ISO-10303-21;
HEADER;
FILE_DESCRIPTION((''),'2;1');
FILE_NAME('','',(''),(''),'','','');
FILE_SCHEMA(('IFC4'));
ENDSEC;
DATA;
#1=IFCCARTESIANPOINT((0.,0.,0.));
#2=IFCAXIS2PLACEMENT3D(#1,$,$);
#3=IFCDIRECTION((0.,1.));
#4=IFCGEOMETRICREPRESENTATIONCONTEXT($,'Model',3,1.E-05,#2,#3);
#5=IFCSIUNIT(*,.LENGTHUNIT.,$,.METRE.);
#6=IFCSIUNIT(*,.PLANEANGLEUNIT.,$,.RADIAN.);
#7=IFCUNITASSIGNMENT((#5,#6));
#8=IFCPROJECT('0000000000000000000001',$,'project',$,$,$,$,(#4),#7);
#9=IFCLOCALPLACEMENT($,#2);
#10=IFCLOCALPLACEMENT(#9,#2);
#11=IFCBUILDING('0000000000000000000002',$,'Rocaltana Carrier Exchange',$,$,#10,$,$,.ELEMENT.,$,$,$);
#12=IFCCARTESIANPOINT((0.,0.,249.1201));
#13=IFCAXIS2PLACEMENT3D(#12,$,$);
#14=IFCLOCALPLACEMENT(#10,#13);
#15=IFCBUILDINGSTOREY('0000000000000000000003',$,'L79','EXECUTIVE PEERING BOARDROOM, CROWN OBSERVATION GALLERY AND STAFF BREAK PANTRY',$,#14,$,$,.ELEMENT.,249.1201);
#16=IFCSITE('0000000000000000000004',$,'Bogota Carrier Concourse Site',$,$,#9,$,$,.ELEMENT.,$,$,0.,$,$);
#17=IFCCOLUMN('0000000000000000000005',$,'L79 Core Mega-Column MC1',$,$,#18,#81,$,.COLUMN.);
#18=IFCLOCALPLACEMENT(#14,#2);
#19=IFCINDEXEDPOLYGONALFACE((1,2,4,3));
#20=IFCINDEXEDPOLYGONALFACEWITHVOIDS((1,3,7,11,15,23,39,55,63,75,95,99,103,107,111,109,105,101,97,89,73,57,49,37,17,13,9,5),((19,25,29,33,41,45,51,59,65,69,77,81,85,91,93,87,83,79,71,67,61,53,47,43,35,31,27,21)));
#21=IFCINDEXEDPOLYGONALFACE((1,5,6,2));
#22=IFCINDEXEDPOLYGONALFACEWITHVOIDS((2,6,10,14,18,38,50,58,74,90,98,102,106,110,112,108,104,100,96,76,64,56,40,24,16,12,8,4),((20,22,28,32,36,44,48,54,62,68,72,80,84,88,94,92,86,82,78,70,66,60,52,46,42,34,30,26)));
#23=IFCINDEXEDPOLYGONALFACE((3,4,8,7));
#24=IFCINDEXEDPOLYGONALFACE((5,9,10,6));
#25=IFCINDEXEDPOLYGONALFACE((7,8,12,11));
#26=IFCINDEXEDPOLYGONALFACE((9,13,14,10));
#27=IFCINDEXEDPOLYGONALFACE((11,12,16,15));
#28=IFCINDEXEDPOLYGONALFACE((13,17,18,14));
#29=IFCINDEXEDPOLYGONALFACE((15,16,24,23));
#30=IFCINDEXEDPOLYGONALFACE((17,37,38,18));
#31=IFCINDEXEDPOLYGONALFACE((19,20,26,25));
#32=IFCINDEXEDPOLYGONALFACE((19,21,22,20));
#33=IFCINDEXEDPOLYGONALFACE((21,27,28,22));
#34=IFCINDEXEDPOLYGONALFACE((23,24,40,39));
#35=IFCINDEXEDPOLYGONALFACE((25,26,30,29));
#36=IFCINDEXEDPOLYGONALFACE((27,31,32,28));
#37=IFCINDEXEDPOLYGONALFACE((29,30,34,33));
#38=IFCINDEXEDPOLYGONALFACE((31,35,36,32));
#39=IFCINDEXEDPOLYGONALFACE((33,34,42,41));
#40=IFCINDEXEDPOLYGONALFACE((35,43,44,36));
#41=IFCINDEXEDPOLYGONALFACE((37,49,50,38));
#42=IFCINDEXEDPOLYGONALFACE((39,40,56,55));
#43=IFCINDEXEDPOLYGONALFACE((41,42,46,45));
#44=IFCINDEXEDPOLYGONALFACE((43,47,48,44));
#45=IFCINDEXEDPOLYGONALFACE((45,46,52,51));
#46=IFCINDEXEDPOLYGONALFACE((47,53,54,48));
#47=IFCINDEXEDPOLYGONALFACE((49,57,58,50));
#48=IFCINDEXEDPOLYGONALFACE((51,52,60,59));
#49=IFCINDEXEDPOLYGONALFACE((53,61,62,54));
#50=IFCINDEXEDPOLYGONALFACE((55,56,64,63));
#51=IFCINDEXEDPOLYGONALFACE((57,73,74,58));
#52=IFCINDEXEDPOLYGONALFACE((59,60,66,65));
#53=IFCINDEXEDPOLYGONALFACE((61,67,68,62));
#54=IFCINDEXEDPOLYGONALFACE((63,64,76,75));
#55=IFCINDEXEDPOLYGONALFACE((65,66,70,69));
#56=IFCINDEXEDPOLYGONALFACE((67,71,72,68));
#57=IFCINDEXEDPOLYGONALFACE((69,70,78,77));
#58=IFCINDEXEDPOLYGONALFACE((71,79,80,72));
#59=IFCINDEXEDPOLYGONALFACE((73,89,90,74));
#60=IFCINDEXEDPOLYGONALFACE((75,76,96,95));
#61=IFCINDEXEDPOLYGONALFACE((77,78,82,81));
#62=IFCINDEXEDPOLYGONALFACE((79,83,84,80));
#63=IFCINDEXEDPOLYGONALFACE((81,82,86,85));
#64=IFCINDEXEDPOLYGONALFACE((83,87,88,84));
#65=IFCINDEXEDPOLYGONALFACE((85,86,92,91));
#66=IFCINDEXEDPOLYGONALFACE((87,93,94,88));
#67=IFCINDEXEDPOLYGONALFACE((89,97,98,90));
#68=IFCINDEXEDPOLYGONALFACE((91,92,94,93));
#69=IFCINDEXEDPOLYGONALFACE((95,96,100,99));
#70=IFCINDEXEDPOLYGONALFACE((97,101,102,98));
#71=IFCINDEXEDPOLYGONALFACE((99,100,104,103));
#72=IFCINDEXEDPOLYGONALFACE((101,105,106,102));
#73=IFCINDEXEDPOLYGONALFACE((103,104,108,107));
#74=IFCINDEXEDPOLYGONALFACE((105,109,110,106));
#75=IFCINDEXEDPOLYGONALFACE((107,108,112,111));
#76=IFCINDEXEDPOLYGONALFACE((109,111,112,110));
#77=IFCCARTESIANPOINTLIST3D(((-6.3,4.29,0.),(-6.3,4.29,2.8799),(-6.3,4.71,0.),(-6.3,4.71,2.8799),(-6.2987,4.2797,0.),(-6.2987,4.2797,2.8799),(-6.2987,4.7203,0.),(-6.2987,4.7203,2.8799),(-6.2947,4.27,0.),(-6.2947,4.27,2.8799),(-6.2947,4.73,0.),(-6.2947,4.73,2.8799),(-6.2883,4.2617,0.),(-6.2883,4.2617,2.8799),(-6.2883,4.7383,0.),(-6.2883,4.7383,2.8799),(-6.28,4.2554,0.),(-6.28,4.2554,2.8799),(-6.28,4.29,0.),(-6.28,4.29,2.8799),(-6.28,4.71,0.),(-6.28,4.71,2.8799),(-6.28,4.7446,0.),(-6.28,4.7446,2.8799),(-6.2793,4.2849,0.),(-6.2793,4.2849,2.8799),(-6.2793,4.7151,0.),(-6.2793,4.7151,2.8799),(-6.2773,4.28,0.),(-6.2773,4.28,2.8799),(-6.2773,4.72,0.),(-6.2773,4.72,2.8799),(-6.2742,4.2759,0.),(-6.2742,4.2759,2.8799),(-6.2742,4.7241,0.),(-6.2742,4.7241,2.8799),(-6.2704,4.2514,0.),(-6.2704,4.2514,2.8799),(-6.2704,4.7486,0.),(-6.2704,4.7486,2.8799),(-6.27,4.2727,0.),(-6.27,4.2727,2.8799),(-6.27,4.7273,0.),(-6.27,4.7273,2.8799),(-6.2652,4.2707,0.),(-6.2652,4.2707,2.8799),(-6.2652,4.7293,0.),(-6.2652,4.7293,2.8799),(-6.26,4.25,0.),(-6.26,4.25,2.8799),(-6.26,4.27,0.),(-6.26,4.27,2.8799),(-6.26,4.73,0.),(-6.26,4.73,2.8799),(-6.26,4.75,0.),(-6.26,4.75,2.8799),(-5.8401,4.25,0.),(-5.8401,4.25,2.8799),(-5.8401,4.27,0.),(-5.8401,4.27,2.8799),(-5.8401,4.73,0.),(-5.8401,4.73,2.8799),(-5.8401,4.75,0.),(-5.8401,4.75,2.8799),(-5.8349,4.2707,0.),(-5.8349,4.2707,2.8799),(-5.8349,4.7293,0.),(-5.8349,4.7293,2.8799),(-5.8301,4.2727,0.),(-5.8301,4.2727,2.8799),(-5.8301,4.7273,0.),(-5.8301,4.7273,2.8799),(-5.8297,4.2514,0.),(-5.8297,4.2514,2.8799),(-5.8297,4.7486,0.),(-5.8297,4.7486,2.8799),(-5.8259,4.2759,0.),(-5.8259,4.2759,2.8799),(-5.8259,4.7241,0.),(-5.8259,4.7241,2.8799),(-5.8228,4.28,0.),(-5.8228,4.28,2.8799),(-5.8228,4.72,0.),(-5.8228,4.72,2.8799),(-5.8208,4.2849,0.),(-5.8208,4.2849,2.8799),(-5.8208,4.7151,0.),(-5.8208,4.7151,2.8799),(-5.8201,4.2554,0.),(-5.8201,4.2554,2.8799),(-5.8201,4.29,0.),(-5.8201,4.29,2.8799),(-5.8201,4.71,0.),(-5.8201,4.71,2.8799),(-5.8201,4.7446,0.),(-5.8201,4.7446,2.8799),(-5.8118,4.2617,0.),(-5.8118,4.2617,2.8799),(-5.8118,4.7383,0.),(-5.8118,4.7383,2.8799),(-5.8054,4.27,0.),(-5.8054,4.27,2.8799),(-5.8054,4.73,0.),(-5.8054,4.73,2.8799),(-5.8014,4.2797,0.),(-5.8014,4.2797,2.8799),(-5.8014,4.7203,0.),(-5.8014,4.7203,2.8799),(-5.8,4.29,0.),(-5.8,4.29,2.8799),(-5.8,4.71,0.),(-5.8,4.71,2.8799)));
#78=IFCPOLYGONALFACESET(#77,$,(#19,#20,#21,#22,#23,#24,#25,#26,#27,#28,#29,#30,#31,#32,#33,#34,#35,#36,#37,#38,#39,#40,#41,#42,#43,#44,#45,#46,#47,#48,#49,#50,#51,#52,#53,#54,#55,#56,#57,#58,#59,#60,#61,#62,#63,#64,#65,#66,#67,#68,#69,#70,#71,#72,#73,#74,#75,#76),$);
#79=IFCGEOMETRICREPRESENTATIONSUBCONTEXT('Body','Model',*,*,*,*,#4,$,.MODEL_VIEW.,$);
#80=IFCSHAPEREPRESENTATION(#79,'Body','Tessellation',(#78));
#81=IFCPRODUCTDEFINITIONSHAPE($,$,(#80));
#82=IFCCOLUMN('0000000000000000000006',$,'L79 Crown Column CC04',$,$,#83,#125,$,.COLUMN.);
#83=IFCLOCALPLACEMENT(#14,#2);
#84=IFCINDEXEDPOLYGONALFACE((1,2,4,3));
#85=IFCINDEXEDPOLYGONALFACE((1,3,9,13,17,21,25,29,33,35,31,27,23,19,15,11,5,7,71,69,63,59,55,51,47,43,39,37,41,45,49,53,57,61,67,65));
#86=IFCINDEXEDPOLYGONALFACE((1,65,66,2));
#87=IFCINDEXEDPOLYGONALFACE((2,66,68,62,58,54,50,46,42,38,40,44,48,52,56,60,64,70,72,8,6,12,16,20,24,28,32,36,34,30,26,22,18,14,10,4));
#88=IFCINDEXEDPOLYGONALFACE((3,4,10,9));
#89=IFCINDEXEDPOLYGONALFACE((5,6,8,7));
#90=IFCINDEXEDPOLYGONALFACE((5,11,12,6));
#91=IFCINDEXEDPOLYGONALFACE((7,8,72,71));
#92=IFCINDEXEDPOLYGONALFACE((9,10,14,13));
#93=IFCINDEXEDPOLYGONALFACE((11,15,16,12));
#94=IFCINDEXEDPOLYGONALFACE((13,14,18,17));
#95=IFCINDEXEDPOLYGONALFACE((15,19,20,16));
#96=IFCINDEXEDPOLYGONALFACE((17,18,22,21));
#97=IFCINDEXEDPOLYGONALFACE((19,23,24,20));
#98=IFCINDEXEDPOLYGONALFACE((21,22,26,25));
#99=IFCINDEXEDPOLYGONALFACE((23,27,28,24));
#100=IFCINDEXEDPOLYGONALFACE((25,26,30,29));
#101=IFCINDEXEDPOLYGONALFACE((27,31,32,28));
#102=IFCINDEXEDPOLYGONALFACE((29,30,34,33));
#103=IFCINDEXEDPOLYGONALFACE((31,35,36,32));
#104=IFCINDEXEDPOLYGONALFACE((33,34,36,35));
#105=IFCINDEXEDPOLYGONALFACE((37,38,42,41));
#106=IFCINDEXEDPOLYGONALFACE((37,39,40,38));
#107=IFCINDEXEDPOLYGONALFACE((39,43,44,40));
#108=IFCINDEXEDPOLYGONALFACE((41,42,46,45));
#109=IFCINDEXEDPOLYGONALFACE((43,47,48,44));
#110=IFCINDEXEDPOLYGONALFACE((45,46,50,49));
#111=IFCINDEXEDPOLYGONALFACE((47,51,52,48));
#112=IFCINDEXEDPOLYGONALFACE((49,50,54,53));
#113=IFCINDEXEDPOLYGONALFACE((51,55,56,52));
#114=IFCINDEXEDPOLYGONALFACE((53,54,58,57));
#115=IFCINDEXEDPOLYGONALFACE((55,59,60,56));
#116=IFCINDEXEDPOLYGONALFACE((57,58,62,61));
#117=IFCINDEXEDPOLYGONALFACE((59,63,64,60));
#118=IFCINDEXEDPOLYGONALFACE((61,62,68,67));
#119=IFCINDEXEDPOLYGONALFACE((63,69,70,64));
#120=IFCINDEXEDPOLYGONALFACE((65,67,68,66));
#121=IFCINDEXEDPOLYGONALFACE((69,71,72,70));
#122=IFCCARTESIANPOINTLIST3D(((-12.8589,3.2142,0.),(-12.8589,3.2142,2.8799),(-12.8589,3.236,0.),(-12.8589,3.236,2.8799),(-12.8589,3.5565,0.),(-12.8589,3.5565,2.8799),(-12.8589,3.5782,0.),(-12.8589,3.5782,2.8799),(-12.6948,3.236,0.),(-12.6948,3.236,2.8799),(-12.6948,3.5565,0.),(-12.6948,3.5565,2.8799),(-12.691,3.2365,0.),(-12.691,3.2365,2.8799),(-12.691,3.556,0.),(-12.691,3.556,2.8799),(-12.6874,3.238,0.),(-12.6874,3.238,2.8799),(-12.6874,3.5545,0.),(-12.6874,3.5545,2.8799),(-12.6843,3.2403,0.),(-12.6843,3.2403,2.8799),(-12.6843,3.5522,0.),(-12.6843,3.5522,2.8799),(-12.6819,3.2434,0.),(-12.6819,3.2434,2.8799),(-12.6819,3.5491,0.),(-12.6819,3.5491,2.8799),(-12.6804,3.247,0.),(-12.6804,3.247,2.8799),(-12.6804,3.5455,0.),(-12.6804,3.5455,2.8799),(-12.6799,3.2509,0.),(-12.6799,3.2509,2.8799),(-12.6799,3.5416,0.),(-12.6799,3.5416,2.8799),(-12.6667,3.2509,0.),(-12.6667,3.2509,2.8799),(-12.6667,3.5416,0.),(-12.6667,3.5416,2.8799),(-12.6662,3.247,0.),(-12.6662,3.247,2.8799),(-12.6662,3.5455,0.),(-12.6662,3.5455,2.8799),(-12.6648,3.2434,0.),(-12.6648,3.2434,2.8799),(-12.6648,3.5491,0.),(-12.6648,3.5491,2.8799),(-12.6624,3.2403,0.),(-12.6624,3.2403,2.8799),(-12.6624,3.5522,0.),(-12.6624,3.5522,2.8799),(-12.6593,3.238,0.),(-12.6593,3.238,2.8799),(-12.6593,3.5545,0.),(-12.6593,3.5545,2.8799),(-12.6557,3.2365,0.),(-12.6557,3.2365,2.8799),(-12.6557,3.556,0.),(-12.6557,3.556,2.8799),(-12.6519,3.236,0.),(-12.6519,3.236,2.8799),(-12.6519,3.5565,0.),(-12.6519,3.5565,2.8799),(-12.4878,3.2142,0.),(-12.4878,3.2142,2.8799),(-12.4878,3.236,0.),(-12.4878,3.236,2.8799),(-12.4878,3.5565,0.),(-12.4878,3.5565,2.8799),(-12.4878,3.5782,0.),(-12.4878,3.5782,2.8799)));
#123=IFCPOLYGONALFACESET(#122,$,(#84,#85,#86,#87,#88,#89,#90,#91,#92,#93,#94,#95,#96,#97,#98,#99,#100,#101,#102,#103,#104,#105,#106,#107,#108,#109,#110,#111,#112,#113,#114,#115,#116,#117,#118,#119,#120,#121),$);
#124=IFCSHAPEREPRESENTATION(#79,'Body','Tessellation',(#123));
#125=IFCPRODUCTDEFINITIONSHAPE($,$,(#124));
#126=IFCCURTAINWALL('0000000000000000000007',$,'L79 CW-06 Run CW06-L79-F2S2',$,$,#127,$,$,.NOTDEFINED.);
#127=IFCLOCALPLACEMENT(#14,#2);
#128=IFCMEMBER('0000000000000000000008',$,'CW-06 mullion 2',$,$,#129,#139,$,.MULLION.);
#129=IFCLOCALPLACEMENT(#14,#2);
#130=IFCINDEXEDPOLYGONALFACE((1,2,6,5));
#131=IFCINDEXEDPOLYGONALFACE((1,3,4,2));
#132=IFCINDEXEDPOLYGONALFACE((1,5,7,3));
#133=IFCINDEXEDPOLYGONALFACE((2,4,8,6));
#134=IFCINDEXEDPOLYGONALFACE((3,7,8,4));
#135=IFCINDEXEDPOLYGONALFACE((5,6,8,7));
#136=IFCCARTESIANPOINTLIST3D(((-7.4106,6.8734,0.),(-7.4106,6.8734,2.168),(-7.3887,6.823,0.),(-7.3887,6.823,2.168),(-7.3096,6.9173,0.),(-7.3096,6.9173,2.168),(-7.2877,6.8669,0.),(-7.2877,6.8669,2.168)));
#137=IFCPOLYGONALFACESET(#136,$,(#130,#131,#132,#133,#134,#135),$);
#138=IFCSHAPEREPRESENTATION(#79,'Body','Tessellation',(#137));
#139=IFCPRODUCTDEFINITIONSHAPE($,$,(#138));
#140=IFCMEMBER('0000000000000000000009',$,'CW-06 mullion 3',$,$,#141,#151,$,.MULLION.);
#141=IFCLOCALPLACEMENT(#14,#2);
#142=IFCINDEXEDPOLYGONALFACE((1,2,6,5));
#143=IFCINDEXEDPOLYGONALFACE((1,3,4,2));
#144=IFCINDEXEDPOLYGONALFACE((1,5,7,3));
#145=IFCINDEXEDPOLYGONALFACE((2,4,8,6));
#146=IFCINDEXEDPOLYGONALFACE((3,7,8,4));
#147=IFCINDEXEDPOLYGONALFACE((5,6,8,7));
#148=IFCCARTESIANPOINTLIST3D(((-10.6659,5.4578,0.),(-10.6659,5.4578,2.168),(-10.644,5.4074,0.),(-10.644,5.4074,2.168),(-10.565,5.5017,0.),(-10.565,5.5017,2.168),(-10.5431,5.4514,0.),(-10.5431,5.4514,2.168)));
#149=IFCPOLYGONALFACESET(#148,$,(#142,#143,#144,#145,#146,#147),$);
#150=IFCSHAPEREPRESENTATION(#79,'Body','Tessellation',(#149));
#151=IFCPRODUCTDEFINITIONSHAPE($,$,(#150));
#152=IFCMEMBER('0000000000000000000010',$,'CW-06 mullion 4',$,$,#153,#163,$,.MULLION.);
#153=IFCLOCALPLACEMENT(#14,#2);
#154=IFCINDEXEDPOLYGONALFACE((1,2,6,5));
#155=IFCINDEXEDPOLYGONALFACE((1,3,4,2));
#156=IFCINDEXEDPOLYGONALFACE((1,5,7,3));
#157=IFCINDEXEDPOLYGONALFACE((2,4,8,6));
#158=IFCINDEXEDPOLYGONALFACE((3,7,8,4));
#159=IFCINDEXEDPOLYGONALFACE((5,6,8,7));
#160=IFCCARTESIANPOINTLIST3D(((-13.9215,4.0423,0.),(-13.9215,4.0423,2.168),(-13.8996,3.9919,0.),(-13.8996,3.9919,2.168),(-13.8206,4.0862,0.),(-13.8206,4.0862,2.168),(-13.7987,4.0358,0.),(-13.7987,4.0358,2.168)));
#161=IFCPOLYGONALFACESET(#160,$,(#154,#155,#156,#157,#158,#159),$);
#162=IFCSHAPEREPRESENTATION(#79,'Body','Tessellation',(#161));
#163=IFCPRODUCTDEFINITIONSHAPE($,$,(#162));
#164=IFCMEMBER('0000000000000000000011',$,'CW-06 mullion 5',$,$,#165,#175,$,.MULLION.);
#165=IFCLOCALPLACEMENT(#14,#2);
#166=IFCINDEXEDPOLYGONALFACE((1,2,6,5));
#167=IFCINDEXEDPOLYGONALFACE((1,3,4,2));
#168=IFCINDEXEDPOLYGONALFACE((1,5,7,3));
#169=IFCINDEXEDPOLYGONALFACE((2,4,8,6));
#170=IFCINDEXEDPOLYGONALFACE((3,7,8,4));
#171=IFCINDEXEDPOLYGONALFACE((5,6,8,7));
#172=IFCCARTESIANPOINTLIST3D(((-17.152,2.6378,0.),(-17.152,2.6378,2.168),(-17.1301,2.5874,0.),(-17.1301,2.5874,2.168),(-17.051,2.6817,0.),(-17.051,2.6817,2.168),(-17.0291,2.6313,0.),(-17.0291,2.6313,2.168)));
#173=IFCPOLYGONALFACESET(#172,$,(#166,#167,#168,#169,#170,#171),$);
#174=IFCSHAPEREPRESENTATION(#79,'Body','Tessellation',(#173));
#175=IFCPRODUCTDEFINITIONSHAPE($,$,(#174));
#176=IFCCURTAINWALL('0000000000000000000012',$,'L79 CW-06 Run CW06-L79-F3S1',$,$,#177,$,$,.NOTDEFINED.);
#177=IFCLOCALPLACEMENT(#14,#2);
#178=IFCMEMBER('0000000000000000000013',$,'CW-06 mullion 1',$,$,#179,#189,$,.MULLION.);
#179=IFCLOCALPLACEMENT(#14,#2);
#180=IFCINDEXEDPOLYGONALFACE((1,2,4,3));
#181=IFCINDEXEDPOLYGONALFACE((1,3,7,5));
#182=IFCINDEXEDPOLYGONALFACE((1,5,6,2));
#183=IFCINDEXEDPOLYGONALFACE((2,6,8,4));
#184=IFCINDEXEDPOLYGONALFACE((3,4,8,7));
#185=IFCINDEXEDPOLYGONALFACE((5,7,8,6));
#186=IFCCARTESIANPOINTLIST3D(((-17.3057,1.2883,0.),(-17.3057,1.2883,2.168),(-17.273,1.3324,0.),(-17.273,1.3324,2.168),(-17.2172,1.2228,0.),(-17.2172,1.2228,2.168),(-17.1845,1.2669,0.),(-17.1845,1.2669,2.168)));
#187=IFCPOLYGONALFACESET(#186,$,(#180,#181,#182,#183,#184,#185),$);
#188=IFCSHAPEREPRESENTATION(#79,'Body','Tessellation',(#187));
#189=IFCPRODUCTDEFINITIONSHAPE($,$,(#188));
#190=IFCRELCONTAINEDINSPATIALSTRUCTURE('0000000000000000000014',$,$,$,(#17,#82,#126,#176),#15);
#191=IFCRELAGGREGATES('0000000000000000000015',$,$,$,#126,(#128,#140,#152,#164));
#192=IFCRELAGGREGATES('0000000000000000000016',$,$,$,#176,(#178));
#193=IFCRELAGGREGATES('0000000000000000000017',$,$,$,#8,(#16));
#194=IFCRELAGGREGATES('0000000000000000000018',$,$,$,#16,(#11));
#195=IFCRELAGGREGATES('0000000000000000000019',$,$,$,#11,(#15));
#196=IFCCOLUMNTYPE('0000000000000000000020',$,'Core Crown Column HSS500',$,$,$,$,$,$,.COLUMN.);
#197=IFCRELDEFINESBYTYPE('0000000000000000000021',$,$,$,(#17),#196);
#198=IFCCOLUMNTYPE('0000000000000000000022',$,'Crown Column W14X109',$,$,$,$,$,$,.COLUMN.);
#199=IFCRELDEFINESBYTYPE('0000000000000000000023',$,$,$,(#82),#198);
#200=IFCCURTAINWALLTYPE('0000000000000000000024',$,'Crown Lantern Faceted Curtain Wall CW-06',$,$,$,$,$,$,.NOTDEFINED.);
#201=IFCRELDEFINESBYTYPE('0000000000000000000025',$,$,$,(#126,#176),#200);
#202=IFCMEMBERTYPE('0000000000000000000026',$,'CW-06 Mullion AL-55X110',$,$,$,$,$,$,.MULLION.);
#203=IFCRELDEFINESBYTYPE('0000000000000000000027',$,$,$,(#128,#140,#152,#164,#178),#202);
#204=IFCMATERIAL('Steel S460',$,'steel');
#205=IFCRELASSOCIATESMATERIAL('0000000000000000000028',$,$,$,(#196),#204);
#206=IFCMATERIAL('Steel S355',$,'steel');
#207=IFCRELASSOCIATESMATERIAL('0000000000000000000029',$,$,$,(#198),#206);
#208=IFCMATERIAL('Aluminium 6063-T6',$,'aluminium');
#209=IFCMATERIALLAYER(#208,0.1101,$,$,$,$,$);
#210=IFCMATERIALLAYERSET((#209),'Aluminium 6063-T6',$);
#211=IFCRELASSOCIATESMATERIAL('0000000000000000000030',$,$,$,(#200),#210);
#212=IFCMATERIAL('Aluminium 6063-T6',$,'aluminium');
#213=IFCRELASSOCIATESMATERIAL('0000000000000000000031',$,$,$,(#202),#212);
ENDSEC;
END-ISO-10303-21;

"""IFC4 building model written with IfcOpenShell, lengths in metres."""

from ifc_helpers import new_model, si_unit, direction, frame, origin, origin_2d, place, context, subcontext, project, spatial, rectangle, hollow_rectangle, i_section, extrude, material, layer, layer_set, material_profile, profile_set, type_object, element, aggregate, save


model = new_model("IFC4")

# Units and contexts
model_context = context("Model", 3, precision=1e-05, world=origin(), true_north=direction((0.0, 1.0)))
body_context = subcontext(model_context, "Body", "Model", "MODEL_VIEW")
ifc_project = project(units=[si_unit("LENGTHUNIT", "METRE"), si_unit("PLANEANGLEUNIT", "RADIAN")], contexts=[model_context])

# Site, building, storey
site_placement = place(None, origin())
site = spatial("IfcSite", under=ifc_project, at=site_placement, Name="Bogota Carrier Concourse Site", CompositionType="ELEMENT", RefElevation=0.0)
building_placement = place(site_placement, origin())
building = spatial("IfcBuilding", under=site, at=building_placement, Name="Rocaltana Carrier Exchange", CompositionType="ELEMENT")
storey_placement = place(building_placement, frame((0.0, 0.0, 249.1201)))
storey = spatial("IfcBuildingStorey", under=building, at=storey_placement, Name="L79", Description="EXECUTIVE PEERING BOARDROOM, CROWN OBSERVATION GALLERY AND STAFF BREAK PANTRY", CompositionType="ELEMENT", Elevation=249.1201)

# Columns
ifc_material_1 = material(Name="Steel S460", Category="steel")
ifc_material_profile_1 = material_profile(ifc_material_1, hollow_rectangle(XDim=0.5, YDim=0.5, WallThickness=0.02, InnerFilletRadius=0.02, OuterFilletRadius=0.04, at=origin_2d()), Name="HSS500X500X20")
ifc_profile_set_1 = profile_set([ifc_material_profile_1], Name="Steel S460")
column_type_1 = type_object("IfcColumnType", Name="Core Crown Column HSS500", PredefinedType="COLUMN", material=ifc_profile_set_1)
column_1_placement = place(storey_placement, frame((-6.05, 4.5, 0.0), z_axis=(0.0, 0.0, 1.0), x_axis=(1.0, 0.0, 0.0)))
element("IfcColumn", 1, at=column_1_placement, inside=storey, type_object=column_type_1, Name="L79 Core Mega-Column MC1", PredefinedType="COLUMN", context=body_context, shape_type="SweptSolid", body=[
    extrude(hollow_rectangle(XDim=0.5, YDim=0.5, WallThickness=0.02, InnerFilletRadius=0.02, OuterFilletRadius=0.04, at=origin_2d()), origin(), (0.0, 0.0, 1.0), 2.8799),
])
ifc_material_2 = material(Name="Steel S355", Category="steel")
ifc_material_profile_2 = material_profile(ifc_material_2, i_section(OverallWidth=0.3711, OverallDepth=0.364, WebThickness=0.0132, FlangeThickness=0.0217, FilletRadius=0.0149, at=origin_2d()), Name="W14X109")
ifc_profile_set_2 = profile_set([ifc_material_profile_2], Name="Steel S355")
column_type_2 = type_object("IfcColumnType", Name="Crown Column W14X109", PredefinedType="COLUMN", material=ifc_profile_set_2)
column_2_placement = place(storey_placement, frame((-12.6733, 3.3962, 0.0), z_axis=(0.0, 0.0, 1.0), x_axis=(1.0, 0.0, 0.0)))
element("IfcColumn", 2, at=column_2_placement, inside=storey, type_object=column_type_2, Name="L79 Crown Column CC04", PredefinedType="COLUMN", context=body_context, shape_type="SweptSolid", body=[
    extrude(i_section(OverallWidth=0.3711, OverallDepth=0.364, WebThickness=0.0132, FlangeThickness=0.0217, FilletRadius=0.0149, at=origin_2d()), origin(), (0.0, 0.0, 1.0), 2.8799),
])

# Curtain wall, members
ifc_material_3 = material(Name="Aluminium 6063-T6", Category="aluminium")
ifc_layer_1 = layer(ifc_material_3, 0.1101)
ifc_layer_set_1 = layer_set([ifc_layer_1], Name="Aluminium 6063-T6")
curtain_wall_type = type_object("IfcCurtainWallType", Name="Crown Lantern Faceted Curtain Wall CW-06", PredefinedType="NOTDEFINED", material=ifc_layer_set_1)
curtain_wall_1_placement = place(storey_placement, origin())
curtain_wall_1 = element("IfcCurtainWall", 3, at=curtain_wall_1_placement, inside=storey, type_object=curtain_wall_type, Name="L79 CW-06 Run CW06-L79-F2S2", PredefinedType="NOTDEFINED")
ifc_material_4 = material(Name="Aluminium 6063-T6", Category="aluminium")
ifc_material_profile_3 = material_profile(ifc_material_4, rectangle(XDim=0.0549, YDim=0.1101, at=origin_2d()), Name="AL-55X110")
ifc_profile_set_3 = profile_set([ifc_material_profile_3], Name="Aluminium 6063-T6")
member_type_1 = type_object("IfcMemberType", Name="CW-06 Mullion AL-55X110", PredefinedType="MULLION", material=ifc_profile_set_3)
member_1_placement = place(storey_placement, frame((-7.3491, 6.8701, 0.0), z_axis=(0.0, 0.0, 1.0), x_axis=(0.398754, -0.917058, 0.0)))
member_1 = element("IfcMember", 4, at=member_1_placement, type_object=member_type_1, Name="CW-06 mullion 2", PredefinedType="MULLION", context=body_context, shape_type="SweptSolid", body=[
    extrude(rectangle(XDim=0.0549, YDim=0.1101, at=origin_2d()), origin(), (0.0, 0.0, 1.0), 2.168),
])
member_2_placement = place(storey_placement, frame((-10.6045, 5.4546, 0.0), z_axis=(0.0, 0.0, 1.0), x_axis=(0.398754, -0.917058, 0.0)))
member_2 = element("IfcMember", 5, at=member_2_placement, type_object=member_type_1, Name="CW-06 mullion 3", PredefinedType="MULLION", context=body_context, shape_type="SweptSolid", body=[
    extrude(rectangle(XDim=0.0549, YDim=0.1101, at=origin_2d()), origin(), (0.0, 0.0, 1.0), 2.168),
])
member_3_placement = place(storey_placement, frame((-13.8601, 4.0391, 0.0), z_axis=(0.0, 0.0, 1.0), x_axis=(0.398754, -0.917058, 0.0)))
member_3 = element("IfcMember", 6, at=member_3_placement, type_object=member_type_1, Name="CW-06 mullion 4", PredefinedType="MULLION", context=body_context, shape_type="SweptSolid", body=[
    extrude(rectangle(XDim=0.0549, YDim=0.1101, at=origin_2d()), origin(), (0.0, 0.0, 1.0), 2.168),
])
member_4_placement = place(storey_placement, frame((-17.0906, 2.6345, 0.0), z_axis=(0.0, 0.0, 1.0), x_axis=(0.398754, -0.917058, 0.0)))
member_4 = element("IfcMember", 7, at=member_4_placement, type_object=member_type_1, Name="CW-06 mullion 5", PredefinedType="MULLION", context=body_context, shape_type="SweptSolid", body=[
    extrude(rectangle(XDim=0.0549, YDim=0.1101, at=origin_2d()), origin(), (0.0, 0.0, 1.0), 2.168),
])

# Curtain wall, member
curtain_wall_2_placement = place(storey_placement, origin())
curtain_wall_2 = element("IfcCurtainWall", 8, at=curtain_wall_2_placement, inside=storey, type_object=curtain_wall_type, Name="L79 CW-06 Run CW06-L79-F3S1", PredefinedType="NOTDEFINED")
member_5_placement = place(storey_placement, frame((-17.2451, 1.2776, 0.0), z_axis=(0.0, 0.0, 1.0), x_axis=(0.594822, 0.803857, 0.0)))
member_5 = element("IfcMember", 9, at=member_5_placement, type_object=member_type_1, Name="CW-06 mullion 1", PredefinedType="MULLION", context=body_context, shape_type="SweptSolid", body=[
    extrude(rectangle(XDim=0.0549, YDim=0.1101, at=origin_2d()), origin(), (0.0, 0.0, 1.0), 2.168),
])

aggregate(curtain_wall_1, [member_1, member_2, member_3, member_4])
aggregate(curtain_wall_2, [member_5])

save(model, "model.ifc")
